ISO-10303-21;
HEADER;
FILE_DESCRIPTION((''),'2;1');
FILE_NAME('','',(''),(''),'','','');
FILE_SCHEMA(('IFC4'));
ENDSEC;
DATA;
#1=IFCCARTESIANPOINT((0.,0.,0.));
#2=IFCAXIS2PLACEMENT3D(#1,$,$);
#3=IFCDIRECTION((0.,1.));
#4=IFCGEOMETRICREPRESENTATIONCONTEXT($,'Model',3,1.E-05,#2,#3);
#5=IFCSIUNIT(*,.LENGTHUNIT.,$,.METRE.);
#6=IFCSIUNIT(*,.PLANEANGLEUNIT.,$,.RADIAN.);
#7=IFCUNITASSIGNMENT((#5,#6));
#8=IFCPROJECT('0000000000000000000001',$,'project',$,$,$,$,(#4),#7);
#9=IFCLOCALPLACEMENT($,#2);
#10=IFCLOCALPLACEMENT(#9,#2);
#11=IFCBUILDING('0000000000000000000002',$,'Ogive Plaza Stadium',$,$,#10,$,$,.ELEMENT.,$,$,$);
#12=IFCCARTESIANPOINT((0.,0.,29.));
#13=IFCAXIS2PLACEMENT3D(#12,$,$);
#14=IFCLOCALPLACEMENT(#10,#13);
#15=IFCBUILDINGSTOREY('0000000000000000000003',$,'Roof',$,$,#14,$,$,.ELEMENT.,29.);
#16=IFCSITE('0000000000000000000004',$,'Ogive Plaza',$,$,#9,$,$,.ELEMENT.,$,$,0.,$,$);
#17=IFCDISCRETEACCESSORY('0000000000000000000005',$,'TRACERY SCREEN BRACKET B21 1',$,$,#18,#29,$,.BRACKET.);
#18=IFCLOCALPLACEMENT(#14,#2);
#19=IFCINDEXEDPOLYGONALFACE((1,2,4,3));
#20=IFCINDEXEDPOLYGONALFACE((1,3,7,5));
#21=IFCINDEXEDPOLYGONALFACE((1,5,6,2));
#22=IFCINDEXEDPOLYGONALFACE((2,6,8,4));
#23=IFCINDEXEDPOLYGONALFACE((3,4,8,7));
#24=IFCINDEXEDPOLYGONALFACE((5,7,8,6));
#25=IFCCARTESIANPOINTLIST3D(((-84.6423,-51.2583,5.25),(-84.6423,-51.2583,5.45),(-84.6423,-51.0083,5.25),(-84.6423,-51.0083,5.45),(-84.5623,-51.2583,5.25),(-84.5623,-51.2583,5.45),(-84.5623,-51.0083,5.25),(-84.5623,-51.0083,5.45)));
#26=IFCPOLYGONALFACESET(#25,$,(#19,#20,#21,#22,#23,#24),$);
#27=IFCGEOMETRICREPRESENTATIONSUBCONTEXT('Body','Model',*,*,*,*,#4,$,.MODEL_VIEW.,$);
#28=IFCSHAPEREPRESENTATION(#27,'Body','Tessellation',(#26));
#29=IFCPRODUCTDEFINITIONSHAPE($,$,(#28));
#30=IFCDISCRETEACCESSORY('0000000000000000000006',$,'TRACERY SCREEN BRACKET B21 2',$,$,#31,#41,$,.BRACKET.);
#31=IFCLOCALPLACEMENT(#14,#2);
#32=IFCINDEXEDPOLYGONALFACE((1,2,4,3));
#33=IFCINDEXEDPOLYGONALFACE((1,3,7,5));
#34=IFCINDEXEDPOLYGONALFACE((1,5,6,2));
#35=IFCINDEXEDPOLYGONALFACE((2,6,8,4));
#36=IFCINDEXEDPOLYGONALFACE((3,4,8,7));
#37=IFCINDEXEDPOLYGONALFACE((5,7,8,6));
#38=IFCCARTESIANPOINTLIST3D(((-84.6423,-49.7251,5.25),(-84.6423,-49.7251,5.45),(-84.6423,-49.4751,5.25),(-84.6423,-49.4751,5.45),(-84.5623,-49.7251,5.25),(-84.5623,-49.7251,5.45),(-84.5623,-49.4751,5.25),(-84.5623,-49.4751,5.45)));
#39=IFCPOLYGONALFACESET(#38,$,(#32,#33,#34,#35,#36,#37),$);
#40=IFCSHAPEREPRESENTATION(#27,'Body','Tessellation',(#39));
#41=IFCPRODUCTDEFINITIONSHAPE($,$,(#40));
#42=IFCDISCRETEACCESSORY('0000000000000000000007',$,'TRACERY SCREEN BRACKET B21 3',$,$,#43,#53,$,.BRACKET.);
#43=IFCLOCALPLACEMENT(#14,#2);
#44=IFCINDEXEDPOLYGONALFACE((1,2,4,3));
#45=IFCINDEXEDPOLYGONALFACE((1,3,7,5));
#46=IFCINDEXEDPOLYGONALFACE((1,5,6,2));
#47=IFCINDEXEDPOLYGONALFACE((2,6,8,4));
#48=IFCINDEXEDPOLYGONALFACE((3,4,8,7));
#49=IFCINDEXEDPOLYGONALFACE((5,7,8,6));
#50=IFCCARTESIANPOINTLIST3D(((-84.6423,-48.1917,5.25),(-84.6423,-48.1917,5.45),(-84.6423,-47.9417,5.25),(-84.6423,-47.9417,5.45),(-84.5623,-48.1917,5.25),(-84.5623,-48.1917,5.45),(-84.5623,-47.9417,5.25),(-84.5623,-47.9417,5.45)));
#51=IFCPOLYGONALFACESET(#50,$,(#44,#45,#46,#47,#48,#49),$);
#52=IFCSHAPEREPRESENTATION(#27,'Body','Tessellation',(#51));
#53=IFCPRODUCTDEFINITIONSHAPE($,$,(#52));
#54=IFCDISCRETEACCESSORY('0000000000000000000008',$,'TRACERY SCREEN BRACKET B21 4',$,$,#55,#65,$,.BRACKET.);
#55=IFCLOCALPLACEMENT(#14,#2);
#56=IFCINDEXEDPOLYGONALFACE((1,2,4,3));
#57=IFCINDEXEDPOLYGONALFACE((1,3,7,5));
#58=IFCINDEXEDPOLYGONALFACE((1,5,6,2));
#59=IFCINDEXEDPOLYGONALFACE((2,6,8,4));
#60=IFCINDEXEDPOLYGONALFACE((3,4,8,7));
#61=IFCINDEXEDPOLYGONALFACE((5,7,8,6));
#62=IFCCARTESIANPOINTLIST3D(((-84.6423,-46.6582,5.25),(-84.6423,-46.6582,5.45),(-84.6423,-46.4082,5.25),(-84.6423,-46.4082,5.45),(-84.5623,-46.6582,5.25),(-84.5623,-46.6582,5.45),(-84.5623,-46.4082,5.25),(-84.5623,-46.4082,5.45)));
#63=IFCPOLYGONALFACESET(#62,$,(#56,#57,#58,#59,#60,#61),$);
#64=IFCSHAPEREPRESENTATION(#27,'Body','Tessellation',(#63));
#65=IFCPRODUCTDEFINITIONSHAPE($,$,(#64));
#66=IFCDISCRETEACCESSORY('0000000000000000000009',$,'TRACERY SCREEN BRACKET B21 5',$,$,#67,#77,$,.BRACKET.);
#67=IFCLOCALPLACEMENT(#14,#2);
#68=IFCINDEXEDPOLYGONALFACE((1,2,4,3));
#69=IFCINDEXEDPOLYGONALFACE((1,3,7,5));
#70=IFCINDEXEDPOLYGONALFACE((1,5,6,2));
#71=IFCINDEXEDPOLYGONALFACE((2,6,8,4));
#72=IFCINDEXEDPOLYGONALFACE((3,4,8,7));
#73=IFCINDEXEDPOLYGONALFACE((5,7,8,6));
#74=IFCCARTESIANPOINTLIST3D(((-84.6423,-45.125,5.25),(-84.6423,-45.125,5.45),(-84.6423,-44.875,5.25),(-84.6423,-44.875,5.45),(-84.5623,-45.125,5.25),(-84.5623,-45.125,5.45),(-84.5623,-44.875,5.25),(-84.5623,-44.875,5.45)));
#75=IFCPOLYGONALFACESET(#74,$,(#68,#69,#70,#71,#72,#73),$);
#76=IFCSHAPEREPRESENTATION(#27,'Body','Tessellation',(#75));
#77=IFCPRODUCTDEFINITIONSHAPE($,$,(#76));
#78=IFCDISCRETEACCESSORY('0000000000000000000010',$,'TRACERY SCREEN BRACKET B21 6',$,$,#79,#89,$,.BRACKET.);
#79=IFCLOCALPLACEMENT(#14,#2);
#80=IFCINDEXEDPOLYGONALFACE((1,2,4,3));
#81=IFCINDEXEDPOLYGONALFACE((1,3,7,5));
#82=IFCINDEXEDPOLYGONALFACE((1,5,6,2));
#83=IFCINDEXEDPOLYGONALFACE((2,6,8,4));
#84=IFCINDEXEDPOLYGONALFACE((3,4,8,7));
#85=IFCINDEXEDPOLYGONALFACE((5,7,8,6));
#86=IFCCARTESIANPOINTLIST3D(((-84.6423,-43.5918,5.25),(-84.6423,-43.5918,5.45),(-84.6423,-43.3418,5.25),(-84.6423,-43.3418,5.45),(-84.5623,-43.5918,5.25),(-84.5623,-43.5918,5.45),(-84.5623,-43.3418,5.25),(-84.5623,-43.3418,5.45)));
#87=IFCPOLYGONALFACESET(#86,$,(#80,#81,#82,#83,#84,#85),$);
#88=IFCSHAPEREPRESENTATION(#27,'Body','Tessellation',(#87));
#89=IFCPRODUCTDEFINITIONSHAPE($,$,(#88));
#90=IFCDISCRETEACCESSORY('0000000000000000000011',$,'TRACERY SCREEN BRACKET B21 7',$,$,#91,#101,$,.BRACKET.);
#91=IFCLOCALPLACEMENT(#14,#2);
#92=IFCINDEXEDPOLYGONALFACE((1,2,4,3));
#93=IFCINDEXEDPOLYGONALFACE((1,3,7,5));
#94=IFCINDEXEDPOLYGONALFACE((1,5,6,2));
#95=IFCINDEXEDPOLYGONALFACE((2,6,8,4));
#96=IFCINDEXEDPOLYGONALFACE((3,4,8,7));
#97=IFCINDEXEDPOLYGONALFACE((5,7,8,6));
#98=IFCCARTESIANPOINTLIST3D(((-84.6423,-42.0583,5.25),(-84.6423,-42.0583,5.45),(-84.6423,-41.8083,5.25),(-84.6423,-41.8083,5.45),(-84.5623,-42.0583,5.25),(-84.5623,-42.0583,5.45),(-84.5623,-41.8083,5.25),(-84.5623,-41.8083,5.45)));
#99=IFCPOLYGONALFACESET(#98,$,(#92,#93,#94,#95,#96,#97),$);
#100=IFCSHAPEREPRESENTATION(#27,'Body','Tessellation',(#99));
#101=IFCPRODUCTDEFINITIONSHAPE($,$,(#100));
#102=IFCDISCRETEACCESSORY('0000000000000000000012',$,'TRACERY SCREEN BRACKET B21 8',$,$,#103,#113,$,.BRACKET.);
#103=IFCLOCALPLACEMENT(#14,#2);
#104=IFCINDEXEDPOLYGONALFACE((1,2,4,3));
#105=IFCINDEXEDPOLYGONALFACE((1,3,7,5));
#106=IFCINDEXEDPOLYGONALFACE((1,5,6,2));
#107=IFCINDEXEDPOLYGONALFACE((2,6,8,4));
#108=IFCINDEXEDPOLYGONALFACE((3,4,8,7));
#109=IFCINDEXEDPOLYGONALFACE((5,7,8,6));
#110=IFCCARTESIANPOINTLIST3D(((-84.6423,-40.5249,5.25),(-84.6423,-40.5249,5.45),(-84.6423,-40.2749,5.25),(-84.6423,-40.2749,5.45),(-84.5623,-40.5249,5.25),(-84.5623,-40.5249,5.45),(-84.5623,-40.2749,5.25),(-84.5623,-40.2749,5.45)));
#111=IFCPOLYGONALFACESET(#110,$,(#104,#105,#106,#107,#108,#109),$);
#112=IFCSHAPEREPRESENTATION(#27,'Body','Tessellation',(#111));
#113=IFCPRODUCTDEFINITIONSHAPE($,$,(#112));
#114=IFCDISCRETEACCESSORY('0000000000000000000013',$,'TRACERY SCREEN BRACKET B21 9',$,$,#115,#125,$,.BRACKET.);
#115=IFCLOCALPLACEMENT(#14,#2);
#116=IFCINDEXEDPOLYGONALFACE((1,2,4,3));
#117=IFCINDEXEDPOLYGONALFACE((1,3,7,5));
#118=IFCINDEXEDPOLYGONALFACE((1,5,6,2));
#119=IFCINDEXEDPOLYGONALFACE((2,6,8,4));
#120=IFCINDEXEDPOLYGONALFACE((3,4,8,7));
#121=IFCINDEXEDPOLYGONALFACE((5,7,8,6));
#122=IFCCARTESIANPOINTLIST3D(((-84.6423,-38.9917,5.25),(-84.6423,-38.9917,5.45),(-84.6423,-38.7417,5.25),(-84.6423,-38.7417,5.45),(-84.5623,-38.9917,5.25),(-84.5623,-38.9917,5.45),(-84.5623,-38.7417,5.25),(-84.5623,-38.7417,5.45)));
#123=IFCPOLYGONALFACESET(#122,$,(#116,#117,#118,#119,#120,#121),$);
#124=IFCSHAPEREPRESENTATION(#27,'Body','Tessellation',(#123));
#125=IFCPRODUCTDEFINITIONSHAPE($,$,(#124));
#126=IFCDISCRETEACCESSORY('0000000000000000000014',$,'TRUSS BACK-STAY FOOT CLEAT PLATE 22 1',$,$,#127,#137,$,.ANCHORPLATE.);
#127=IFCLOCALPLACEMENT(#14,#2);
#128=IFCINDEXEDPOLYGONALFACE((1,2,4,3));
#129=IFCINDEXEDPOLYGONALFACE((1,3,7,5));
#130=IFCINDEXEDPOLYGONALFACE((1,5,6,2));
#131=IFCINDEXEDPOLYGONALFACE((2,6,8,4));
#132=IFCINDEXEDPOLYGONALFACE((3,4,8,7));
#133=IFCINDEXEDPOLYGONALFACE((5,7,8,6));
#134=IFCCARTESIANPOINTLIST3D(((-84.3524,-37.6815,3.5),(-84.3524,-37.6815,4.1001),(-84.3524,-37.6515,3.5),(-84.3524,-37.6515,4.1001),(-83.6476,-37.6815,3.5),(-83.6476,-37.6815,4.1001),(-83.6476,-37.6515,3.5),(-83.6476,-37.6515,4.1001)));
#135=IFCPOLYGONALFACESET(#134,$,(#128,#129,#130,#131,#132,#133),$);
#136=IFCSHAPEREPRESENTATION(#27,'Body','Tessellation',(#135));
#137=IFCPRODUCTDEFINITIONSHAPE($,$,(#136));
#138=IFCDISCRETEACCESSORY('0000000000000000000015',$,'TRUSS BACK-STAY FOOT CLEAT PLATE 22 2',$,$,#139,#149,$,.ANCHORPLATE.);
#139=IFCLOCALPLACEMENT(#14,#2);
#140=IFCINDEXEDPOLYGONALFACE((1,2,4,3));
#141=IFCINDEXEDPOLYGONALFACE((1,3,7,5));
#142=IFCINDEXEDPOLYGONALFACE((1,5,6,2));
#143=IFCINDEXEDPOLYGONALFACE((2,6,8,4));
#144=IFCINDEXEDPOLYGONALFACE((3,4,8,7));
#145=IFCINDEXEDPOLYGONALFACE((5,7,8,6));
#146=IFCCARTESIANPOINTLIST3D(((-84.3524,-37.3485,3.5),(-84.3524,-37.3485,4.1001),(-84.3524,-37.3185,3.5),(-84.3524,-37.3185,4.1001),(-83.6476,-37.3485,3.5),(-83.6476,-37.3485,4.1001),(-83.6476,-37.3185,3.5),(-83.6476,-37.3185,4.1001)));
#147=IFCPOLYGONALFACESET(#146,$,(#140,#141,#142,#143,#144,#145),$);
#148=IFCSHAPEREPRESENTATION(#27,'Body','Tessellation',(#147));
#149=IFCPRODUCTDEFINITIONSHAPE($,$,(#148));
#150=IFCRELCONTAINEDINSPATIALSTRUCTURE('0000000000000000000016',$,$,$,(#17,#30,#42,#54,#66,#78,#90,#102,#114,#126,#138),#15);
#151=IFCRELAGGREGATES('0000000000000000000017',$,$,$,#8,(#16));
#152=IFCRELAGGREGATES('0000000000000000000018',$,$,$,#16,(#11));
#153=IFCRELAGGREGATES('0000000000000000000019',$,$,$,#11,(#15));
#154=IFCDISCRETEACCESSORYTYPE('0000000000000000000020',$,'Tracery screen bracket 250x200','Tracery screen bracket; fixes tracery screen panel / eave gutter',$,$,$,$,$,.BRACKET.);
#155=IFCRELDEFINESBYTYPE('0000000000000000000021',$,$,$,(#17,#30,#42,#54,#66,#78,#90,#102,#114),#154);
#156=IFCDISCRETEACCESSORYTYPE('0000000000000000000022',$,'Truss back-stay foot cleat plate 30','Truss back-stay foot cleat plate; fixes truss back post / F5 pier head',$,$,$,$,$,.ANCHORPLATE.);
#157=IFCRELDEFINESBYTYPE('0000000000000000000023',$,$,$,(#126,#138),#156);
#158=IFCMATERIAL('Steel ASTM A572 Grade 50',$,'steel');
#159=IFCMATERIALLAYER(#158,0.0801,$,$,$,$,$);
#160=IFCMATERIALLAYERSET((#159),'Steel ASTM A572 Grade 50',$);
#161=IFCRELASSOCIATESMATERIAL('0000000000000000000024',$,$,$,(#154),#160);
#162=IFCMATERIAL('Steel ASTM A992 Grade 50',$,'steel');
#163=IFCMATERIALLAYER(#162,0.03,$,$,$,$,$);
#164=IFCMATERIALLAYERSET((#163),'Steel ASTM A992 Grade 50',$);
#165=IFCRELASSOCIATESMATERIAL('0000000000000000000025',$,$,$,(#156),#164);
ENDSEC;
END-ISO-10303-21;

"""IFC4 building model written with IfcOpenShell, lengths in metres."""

from ifc_helpers import new_model, si_unit, direction, frame, origin, origin_2d, place, context, subcontext, project, spatial, rectangle, extrude, material, layer, layer_set, type_object, element, save


model = new_model("IFC4")

# Units and contexts
model_context = context("Model", 3, precision=1e-05, world=origin(), true_north=direction((0.0, 1.0)))
body_context = subcontext(model_context, "Body", "Model", "MODEL_VIEW")
ifc_project = project(units=[si_unit("LENGTHUNIT", "METRE"), si_unit("PLANEANGLEUNIT", "RADIAN")], contexts=[model_context])

# Site, building, storey
site_placement = place(None, origin())
site = spatial("IfcSite", under=ifc_project, at=site_placement, Name="Ogive Plaza", CompositionType="ELEMENT", RefElevation=0.0)
building_placement = place(site_placement, origin())
building = spatial("IfcBuilding", under=site, at=building_placement, Name="Ogive Plaza Stadium", CompositionType="ELEMENT")
storey_placement = place(building_placement, frame((0.0, 0.0, 29.0)))
storey = spatial("IfcBuildingStorey", under=building, at=storey_placement, Name="Roof", CompositionType="ELEMENT", Elevation=29.0)

# Discrete accessories
ifc_material_1 = material(Name="Steel ASTM A572 Grade 50", Category="steel")
ifc_layer_1 = layer(ifc_material_1, 0.0801)
ifc_layer_set_1 = layer_set([ifc_layer_1], Name="Steel ASTM A572 Grade 50")
discrete_accessory_type_1 = type_object("IfcDiscreteAccessoryType", Name="Tracery screen bracket 250x200", Description="Tracery screen bracket; fixes tracery screen panel / eave gutter", PredefinedType="BRACKET", material=ifc_layer_set_1)
for number, where, z_axis, x_axis, name in (
    (1, (-84.6023, -51.1333, 5.25), (0.0, 0.0, 1.0), (0.0, 1.0, 0.0), "TRACERY SCREEN BRACKET B21 1"),
    (2, (-84.6023, -49.6001, 5.25), (0.0, 0.0, 1.0), (0.0, 1.0, 0.0), "TRACERY SCREEN BRACKET B21 2"),
    (3, (-84.6023, -48.0667, 5.25), (0.0, 0.0, 1.0), (0.0, 1.0, 0.0), "TRACERY SCREEN BRACKET B21 3"),
    (4, (-84.6023, -46.5332, 5.25), (0.0, 0.0, 1.0), (0.0, 1.0, 0.0), "TRACERY SCREEN BRACKET B21 4"),
    (5, (-84.6023, -45.0, 5.25), (0.0, 0.0, 1.0), (0.0, 1.0, 0.0), "TRACERY SCREEN BRACKET B21 5"),
    (6, (-84.6023, -43.4668, 5.25), (0.0, 0.0, 1.0), (0.0, 1.0, 0.0), "TRACERY SCREEN BRACKET B21 6"),
    (7, (-84.6023, -41.9333, 5.25), (0.0, 0.0, 1.0), (0.0, 1.0, 0.0), "TRACERY SCREEN BRACKET B21 7"),
    (8, (-84.6023, -40.3999, 5.25), (0.0, 0.0, 1.0), (0.0, 1.0, 0.0), "TRACERY SCREEN BRACKET B21 8"),
    (9, (-84.6023, -38.8667, 5.25), (0.0, 0.0, 1.0), (0.0, 1.0, 0.0), "TRACERY SCREEN BRACKET B21 9"),
):
    element("IfcDiscreteAccessory", number, at=place(storey_placement, frame(where, z_axis=z_axis, x_axis=x_axis)), inside=storey, type_object=discrete_accessory_type_1, Name=name, PredefinedType="BRACKET", context=body_context, shape_type="SweptSolid", body=[
        extrude(rectangle(XDim=0.25, YDim=0.0801, at=origin_2d()), origin(), (0.0, 0.0, 1.0), 0.2),
    ])
ifc_material_2 = material(Name="Steel ASTM A992 Grade 50", Category="steel")
ifc_layer_2 = layer(ifc_material_2, 0.03)
ifc_layer_set_2 = layer_set([ifc_layer_2], Name="Steel ASTM A992 Grade 50")
discrete_accessory_type_2 = type_object("IfcDiscreteAccessoryType", Name="Truss back-stay foot cleat plate 30", Description="Truss back-stay foot cleat plate; fixes truss back post / F5 pier head", PredefinedType="ANCHORPLATE", material=ifc_layer_set_2)
for number, where, z_axis, x_axis, name in (
    (10, (-84.0, -37.6665, 3.5), (0.0, 0.0, 1.0), (-1.0, 0.0, 0.0), "TRUSS BACK-STAY FOOT CLEAT PLATE 22 1"),
    (11, (-84.0, -37.3335, 3.5), (0.0, 0.0, 1.0), (-1.0, 0.0, 0.0), "TRUSS BACK-STAY FOOT CLEAT PLATE 22 2"),
):
    element("IfcDiscreteAccessory", number, at=place(storey_placement, frame(where, z_axis=z_axis, x_axis=x_axis)), inside=storey, type_object=discrete_accessory_type_2, Name=name, PredefinedType="ANCHORPLATE", context=body_context, shape_type="SweptSolid", body=[
        extrude(rectangle(XDim=0.7048, YDim=0.03, at=origin_2d()), origin(), (0.0, 0.0, 1.0), 0.6001),
    ])

save(model, "model.ifc")
